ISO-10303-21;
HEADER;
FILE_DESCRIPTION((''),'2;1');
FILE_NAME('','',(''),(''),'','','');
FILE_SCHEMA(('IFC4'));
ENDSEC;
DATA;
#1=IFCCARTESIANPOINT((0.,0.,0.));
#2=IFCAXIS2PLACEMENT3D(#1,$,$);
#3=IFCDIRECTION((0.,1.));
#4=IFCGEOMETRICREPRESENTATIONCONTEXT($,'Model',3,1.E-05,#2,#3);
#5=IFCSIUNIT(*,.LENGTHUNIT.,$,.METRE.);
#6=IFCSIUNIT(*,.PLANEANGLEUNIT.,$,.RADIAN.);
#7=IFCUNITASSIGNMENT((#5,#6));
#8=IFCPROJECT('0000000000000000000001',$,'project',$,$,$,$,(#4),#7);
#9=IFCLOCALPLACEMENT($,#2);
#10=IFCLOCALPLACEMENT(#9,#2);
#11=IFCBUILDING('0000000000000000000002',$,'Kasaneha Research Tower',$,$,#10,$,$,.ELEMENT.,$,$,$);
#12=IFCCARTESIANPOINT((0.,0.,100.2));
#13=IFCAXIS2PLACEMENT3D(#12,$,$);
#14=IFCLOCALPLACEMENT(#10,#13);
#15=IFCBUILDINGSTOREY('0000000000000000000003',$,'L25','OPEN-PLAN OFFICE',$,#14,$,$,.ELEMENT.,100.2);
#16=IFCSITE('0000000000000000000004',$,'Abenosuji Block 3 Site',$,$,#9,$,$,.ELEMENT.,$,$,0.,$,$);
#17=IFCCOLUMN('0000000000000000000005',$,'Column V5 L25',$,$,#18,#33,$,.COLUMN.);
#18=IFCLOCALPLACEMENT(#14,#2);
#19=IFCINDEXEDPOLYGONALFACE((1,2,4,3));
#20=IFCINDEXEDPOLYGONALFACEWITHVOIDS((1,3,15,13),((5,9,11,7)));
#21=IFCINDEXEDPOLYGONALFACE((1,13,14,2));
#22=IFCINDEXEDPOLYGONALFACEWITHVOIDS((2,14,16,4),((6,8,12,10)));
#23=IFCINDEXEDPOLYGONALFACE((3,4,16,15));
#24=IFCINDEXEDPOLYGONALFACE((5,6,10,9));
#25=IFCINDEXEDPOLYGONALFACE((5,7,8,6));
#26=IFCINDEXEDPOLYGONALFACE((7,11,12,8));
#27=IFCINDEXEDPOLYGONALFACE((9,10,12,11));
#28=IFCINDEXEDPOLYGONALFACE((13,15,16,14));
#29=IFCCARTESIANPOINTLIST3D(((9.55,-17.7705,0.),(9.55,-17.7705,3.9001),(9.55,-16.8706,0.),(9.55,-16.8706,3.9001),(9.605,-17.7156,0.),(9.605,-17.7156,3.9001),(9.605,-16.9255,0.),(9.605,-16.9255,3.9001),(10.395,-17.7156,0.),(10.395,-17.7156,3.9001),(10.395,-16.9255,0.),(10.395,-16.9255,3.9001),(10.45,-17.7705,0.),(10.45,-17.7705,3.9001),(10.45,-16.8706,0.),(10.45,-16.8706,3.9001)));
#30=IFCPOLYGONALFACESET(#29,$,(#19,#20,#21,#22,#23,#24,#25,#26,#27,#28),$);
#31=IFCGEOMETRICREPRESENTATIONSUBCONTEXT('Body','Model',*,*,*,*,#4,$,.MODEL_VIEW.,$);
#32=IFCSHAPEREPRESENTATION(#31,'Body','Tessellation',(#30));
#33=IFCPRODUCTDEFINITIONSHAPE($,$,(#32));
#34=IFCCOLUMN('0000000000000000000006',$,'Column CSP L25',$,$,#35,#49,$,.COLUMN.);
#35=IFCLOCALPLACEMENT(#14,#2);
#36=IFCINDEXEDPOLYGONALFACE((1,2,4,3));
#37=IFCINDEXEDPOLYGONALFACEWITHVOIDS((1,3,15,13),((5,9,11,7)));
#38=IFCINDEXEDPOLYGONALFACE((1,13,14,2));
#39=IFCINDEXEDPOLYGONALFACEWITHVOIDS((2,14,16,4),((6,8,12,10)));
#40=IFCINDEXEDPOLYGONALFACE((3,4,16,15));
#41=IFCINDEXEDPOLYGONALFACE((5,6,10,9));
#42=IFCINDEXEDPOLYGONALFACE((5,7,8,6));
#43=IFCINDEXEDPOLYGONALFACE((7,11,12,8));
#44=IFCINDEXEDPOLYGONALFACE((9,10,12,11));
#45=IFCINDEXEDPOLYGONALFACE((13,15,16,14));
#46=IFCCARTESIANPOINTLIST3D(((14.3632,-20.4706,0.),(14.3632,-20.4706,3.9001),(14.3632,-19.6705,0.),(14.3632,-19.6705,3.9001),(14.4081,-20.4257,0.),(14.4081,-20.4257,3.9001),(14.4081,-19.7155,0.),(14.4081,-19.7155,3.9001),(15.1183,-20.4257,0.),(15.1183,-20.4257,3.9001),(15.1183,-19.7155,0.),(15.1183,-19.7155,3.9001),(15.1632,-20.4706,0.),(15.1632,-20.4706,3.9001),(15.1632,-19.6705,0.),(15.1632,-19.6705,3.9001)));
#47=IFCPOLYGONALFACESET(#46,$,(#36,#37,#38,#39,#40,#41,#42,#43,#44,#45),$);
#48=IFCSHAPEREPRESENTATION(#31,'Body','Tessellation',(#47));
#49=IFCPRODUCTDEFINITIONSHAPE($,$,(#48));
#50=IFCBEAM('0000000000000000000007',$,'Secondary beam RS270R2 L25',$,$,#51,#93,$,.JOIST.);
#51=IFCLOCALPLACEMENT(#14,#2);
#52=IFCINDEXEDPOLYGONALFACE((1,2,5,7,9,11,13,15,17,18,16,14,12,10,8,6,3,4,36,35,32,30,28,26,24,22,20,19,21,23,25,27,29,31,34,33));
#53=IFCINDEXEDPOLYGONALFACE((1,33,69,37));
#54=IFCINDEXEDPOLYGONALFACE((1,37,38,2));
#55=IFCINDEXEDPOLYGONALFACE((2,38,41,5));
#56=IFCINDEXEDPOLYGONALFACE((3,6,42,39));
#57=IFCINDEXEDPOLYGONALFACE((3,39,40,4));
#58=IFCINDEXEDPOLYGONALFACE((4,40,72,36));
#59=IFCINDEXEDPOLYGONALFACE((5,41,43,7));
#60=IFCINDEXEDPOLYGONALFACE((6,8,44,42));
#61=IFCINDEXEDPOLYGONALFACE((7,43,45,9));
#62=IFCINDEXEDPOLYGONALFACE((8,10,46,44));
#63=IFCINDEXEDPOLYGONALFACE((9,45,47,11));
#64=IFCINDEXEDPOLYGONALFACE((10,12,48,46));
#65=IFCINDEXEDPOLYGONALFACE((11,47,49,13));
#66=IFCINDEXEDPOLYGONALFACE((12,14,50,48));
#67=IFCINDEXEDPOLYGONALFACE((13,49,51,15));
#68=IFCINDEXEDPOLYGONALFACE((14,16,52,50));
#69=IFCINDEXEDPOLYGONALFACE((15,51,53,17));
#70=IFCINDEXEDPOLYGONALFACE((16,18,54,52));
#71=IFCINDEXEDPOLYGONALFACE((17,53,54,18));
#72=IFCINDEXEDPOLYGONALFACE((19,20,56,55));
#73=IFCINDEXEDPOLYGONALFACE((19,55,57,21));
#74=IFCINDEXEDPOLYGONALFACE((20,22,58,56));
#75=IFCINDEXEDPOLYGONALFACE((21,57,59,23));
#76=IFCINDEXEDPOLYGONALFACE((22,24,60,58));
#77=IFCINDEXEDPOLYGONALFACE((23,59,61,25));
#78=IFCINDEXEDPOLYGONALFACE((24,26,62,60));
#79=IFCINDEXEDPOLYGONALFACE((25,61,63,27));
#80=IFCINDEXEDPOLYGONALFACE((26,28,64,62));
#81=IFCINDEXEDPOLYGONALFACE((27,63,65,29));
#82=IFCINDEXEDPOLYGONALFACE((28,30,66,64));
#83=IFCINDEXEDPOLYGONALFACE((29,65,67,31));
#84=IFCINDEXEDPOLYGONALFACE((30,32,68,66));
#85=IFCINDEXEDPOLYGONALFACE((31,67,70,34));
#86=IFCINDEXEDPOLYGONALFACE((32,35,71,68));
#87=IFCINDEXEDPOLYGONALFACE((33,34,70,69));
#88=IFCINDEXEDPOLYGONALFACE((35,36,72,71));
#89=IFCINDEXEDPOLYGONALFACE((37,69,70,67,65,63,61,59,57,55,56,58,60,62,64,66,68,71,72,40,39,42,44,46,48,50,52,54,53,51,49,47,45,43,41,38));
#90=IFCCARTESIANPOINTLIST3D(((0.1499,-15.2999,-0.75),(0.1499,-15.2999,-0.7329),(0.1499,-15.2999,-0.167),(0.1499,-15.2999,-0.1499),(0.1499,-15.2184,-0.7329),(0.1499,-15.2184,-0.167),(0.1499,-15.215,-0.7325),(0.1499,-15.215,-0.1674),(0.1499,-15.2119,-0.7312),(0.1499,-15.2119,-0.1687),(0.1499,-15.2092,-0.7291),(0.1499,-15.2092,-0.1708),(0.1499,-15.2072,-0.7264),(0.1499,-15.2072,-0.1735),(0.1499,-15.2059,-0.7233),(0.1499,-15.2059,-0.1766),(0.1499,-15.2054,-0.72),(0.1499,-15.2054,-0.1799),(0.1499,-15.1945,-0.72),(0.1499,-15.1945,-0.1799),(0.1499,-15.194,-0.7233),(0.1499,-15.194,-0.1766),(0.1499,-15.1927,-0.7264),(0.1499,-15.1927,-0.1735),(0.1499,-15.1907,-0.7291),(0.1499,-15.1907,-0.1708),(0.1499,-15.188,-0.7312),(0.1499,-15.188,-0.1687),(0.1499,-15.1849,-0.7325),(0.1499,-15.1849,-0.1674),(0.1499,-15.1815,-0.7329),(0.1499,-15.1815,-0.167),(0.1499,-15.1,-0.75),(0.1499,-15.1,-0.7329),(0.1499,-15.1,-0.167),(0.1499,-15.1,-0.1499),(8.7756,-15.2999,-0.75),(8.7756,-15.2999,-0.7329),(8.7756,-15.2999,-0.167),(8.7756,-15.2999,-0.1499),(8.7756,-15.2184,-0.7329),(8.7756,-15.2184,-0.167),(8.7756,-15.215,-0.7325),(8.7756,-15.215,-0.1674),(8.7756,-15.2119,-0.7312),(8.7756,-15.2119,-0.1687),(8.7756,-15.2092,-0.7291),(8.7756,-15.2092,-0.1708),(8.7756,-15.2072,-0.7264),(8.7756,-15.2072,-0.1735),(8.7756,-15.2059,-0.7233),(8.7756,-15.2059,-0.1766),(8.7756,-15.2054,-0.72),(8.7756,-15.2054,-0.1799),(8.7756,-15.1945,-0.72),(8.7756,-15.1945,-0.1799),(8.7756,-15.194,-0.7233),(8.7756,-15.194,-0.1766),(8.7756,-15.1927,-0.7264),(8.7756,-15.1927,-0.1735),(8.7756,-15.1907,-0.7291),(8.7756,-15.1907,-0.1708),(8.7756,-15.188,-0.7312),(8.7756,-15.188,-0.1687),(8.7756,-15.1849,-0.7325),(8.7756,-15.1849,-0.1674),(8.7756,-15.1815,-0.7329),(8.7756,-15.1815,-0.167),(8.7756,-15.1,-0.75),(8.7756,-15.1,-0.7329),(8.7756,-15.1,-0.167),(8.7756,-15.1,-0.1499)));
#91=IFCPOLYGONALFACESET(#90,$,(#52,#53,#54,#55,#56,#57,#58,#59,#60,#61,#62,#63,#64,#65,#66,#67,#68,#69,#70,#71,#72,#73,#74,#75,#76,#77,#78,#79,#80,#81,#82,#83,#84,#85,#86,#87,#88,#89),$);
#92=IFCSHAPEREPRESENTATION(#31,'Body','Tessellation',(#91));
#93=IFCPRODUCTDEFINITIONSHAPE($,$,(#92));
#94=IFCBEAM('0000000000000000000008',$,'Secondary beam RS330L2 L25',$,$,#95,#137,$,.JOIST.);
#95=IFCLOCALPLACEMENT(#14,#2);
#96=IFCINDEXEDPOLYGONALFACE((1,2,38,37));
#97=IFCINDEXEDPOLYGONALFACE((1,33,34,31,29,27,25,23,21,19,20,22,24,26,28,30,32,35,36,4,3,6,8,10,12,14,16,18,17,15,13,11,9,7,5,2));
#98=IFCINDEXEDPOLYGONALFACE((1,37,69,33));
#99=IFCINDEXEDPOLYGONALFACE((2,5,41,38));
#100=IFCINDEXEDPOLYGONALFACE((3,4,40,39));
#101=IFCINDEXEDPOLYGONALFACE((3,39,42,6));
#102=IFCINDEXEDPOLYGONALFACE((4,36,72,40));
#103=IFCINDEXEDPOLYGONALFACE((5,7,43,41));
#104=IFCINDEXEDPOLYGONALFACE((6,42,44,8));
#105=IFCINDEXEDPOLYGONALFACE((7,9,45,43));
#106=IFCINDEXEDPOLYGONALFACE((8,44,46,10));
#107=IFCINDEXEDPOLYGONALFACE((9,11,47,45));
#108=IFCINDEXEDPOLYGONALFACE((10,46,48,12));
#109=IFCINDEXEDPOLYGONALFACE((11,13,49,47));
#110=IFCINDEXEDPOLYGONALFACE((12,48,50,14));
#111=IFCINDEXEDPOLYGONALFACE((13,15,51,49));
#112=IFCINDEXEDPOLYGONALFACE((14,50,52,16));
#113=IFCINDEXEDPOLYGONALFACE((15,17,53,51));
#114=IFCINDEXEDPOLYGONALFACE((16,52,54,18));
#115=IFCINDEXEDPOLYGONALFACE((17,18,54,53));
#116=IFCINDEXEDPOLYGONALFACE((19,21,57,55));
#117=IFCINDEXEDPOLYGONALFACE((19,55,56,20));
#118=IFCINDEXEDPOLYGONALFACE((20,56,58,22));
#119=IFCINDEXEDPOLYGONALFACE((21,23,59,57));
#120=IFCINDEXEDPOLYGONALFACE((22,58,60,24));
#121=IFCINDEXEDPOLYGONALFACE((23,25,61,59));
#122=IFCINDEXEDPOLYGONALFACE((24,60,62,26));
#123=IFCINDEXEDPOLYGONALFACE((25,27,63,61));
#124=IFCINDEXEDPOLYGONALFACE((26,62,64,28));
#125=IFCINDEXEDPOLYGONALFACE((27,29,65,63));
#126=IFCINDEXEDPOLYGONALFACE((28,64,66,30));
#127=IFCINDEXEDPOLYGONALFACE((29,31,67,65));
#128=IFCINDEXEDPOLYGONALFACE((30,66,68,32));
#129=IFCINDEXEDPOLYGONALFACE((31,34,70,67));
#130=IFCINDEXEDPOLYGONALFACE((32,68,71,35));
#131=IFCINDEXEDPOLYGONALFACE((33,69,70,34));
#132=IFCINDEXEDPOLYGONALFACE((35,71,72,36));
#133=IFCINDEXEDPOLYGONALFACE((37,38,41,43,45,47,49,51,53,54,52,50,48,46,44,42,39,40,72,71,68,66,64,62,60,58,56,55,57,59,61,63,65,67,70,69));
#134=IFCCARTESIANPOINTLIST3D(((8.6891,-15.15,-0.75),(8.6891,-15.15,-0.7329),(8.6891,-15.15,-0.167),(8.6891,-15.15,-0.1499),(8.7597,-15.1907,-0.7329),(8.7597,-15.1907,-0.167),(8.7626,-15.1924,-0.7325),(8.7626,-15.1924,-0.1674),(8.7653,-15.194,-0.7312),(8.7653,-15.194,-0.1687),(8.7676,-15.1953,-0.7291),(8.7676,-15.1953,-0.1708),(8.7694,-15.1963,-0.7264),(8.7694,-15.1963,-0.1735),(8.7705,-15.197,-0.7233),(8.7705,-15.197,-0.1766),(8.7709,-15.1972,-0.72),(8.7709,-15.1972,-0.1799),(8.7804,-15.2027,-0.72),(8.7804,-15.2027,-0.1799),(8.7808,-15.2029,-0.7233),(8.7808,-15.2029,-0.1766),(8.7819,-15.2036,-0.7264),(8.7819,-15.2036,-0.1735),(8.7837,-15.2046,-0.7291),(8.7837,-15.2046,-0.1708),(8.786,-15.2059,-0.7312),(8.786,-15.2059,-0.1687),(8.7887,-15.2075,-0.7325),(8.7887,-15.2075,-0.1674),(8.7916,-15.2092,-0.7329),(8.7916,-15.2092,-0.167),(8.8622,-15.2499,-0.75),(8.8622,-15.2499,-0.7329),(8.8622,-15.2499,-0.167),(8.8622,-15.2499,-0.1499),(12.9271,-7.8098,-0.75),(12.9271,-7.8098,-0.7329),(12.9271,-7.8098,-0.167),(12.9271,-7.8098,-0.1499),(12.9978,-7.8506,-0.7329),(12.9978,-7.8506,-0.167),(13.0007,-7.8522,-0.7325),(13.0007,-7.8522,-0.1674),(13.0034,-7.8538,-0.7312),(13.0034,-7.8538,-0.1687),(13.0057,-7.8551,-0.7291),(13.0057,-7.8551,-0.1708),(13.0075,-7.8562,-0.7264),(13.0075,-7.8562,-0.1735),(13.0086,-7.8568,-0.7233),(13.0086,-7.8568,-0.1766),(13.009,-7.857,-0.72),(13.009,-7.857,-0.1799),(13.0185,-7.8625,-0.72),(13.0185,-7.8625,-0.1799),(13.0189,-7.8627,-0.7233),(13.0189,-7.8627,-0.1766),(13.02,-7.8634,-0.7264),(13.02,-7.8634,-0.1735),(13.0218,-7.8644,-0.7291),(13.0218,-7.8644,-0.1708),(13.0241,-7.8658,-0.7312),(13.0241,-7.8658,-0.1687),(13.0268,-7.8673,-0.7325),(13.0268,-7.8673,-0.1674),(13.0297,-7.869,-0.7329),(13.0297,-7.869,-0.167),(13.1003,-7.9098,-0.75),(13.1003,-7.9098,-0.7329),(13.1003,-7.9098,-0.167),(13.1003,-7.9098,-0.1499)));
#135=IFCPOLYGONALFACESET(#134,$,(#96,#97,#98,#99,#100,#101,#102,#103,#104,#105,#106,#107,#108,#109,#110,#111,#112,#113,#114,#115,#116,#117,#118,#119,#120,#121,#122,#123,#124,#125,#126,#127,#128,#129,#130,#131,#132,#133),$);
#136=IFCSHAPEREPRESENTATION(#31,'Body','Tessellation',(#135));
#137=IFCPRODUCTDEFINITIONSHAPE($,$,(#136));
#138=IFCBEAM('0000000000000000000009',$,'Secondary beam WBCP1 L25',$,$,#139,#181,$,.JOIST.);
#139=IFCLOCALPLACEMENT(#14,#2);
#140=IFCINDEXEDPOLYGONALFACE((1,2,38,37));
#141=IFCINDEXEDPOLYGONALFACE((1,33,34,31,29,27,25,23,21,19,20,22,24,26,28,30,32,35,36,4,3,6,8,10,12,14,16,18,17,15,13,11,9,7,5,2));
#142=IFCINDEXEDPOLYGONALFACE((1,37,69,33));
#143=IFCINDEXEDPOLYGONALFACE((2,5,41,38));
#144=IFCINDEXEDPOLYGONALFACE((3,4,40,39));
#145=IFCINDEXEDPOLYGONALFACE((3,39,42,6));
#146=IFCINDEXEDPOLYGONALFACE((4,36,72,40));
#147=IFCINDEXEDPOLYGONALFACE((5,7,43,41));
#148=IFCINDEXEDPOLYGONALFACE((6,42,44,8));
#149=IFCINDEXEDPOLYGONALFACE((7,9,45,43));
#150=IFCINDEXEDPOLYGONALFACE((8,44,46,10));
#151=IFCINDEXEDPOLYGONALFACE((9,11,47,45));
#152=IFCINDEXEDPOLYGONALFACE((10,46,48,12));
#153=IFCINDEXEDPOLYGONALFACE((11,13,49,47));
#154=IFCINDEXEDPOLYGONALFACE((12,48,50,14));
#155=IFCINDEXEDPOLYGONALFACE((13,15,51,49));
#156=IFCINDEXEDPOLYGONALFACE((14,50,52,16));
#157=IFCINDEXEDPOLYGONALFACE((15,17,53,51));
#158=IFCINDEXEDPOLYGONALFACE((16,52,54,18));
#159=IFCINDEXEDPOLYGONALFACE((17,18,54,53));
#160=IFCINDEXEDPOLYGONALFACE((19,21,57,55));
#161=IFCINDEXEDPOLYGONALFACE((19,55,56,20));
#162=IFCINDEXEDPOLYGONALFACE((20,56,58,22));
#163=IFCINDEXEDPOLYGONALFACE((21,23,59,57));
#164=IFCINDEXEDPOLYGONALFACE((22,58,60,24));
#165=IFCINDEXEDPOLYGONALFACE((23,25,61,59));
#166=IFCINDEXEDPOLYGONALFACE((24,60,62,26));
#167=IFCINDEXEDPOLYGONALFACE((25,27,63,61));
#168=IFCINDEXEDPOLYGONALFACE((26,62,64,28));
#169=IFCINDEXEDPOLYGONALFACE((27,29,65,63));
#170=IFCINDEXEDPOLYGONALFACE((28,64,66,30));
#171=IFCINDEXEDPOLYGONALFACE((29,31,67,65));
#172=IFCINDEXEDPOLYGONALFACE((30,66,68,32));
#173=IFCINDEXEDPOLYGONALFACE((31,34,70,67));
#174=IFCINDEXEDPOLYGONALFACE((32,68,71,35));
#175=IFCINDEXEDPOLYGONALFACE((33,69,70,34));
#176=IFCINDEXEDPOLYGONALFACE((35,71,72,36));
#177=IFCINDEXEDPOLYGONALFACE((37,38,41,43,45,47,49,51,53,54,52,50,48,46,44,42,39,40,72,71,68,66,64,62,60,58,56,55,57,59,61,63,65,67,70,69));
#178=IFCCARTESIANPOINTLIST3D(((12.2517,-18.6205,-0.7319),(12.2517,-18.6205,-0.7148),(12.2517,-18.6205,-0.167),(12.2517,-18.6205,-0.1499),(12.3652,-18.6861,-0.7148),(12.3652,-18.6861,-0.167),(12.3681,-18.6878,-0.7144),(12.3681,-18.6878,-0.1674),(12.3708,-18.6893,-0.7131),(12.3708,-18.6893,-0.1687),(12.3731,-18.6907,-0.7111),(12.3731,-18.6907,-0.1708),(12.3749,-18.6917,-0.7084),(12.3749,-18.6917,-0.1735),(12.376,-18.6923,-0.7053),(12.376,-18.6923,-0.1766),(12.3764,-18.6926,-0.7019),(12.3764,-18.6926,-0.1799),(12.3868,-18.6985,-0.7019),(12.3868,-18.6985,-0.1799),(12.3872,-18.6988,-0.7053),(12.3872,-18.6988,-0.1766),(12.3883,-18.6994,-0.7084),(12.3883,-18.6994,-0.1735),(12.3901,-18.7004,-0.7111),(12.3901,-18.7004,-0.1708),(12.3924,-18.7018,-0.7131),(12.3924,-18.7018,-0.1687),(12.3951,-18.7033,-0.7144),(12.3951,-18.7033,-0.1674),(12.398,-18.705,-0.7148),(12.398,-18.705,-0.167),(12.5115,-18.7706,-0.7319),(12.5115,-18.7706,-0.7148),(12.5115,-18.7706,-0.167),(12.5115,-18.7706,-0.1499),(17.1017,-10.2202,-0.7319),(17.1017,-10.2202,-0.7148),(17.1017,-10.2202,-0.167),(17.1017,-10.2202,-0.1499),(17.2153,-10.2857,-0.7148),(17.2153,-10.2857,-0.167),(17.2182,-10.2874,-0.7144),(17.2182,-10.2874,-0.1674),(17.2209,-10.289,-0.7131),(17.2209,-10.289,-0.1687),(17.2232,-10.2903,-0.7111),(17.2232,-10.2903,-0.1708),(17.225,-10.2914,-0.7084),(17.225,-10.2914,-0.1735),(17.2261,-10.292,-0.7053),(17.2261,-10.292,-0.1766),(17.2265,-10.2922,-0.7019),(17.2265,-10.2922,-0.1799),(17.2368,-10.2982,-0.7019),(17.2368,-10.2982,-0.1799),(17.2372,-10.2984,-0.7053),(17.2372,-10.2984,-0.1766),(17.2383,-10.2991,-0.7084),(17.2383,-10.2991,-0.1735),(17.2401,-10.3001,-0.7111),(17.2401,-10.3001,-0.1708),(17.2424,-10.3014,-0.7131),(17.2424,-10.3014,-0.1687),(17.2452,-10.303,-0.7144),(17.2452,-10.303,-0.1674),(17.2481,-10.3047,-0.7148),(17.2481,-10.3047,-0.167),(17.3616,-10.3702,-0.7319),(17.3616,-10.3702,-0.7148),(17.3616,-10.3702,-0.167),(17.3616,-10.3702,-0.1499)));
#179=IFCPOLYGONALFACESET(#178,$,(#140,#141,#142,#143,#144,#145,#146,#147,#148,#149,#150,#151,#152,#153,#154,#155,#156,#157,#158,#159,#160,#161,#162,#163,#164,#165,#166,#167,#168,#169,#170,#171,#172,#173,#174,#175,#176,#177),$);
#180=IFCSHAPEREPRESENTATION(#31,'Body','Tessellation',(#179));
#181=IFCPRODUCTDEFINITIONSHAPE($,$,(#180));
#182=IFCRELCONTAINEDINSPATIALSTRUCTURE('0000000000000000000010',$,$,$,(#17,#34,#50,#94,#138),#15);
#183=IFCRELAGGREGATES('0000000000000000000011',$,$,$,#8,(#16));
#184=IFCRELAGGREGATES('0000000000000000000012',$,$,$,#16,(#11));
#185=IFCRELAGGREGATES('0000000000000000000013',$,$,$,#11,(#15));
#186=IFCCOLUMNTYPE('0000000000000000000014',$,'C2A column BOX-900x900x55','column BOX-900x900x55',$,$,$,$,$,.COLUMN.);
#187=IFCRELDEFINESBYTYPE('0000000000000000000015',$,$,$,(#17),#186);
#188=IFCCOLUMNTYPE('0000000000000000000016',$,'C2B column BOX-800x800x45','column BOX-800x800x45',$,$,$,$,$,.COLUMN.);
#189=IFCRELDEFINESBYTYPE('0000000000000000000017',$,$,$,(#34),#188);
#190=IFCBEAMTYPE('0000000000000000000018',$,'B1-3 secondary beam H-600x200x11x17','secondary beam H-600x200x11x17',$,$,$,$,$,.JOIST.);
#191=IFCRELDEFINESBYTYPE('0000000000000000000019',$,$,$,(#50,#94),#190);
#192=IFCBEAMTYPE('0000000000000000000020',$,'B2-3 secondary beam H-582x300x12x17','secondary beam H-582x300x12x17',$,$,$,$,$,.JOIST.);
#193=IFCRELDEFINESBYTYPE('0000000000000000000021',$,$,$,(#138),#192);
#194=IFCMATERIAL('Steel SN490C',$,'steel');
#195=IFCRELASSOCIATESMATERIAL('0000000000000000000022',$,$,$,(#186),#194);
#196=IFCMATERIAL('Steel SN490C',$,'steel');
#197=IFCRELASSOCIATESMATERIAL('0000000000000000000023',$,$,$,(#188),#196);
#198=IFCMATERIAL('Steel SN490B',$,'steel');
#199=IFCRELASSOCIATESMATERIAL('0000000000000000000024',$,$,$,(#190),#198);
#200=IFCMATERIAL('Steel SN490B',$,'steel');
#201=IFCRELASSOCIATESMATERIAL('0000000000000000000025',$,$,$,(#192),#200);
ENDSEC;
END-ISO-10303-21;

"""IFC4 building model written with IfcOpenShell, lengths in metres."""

from ifc_helpers import new_model, si_unit, direction, frame, origin, origin_2d, place, context, subcontext, project, spatial, hollow_rectangle, i_section, extrude, material, material_profile, profile_set, type_object, element, save


model = new_model("IFC4")

# Units and contexts
model_context = context("Model", 3, precision=1e-05, world=origin(), true_north=direction((0.0, 1.0)))
body_context = subcontext(model_context, "Body", "Model", "MODEL_VIEW")
ifc_project = project(units=[si_unit("LENGTHUNIT", "METRE"), si_unit("PLANEANGLEUNIT", "RADIAN")], contexts=[model_context])

# Site, building, storey
site_placement = place(None, origin())
site = spatial("IfcSite", under=ifc_project, at=site_placement, Name="Abenosuji Block 3 Site", CompositionType="ELEMENT", RefElevation=0.0)
building_placement = place(site_placement, origin())
building = spatial("IfcBuilding", under=site, at=building_placement, Name="Kasaneha Research Tower", CompositionType="ELEMENT")
storey_placement = place(building_placement, frame((0.0, 0.0, 100.2)))
storey = spatial("IfcBuildingStorey", under=building, at=storey_placement, Name="L25", Description="OPEN-PLAN OFFICE", CompositionType="ELEMENT", Elevation=100.2)

# Columns
ifc_material_1 = material(Name="Steel SN490C", Category="steel")
ifc_material_profile_1 = material_profile(ifc_material_1, hollow_rectangle(XDim=0.8999, YDim=0.8999, WallThickness=0.0549, at=origin_2d()), Name="BOX-900x900x55")
ifc_profile_set_1 = profile_set([ifc_material_profile_1], Name="Steel SN490C")
column_type_1 = type_object("IfcColumnType", Name="C2A column BOX-900x900x55", Description="column BOX-900x900x55", PredefinedType="COLUMN", material=ifc_profile_set_1)
column_1_placement = place(storey_placement, frame((10.0, -17.3206, 0.0), z_axis=(0.0, 0.0, 1.0), x_axis=(1.0, 0.0, 0.0)))
element("IfcColumn", 1, at=column_1_placement, inside=storey, type_object=column_type_1, Name="Column V5 L25", PredefinedType="COLUMN", context=body_context, shape_type="SweptSolid", body=[
    extrude(hollow_rectangle(XDim=0.8999, YDim=0.8999, WallThickness=0.0549, at=origin_2d()), origin(), (0.0, 0.0, 1.0), 3.9001),
])
ifc_material_2 = material(Name="Steel SN490C", Category="steel")
ifc_material_profile_2 = material_profile(ifc_material_2, hollow_rectangle(XDim=0.8, YDim=0.8, WallThickness=0.0449, at=origin_2d()), Name="BOX-800x800x45")
ifc_profile_set_2 = profile_set([ifc_material_profile_2], Name="Steel SN490C")
column_type_2 = type_object("IfcColumnType", Name="C2B column BOX-800x800x45", Description="column BOX-800x800x45", PredefinedType="COLUMN", material=ifc_profile_set_2)
column_2_placement = place(storey_placement, frame((14.7632, -20.0706, 0.0), z_axis=(0.0, 0.0, 1.0), x_axis=(1.0, 0.0, 0.0)))
element("IfcColumn", 2, at=column_2_placement, inside=storey, type_object=column_type_2, Name="Column CSP L25", PredefinedType="COLUMN", context=body_context, shape_type="SweptSolid", body=[
    extrude(hollow_rectangle(XDim=0.8, YDim=0.8, WallThickness=0.0449, at=origin_2d()), origin(), (0.0, 0.0, 1.0), 3.9001),
])

# Beams
ifc_material_3 = material(Name="Steel SN490B", Category="steel")
ifc_material_profile_3 = material_profile(ifc_material_3, i_section(OverallWidth=0.2, OverallDepth=0.6001, WebThickness=0.011, FlangeThickness=0.0171, FilletRadius=0.0129, at=origin_2d()), Name="H-600x200x11x17")
ifc_profile_set_3 = profile_set([ifc_material_profile_3], Name="Steel SN490B")
beam_type_1 = type_object("IfcBeamType", Name="B1-3 secondary beam H-600x200x11x17", Description="secondary beam H-600x200x11x17", PredefinedType="JOIST", material=ifc_profile_set_3)
beam_1_placement = place(storey_placement, frame((8.7756, -15.2, -0.45), z_axis=(-1.0, 0.0, 0.0), x_axis=(0.0, -1.0, 0.0)))
element("IfcBeam", 3, at=beam_1_placement, inside=storey, type_object=beam_type_1, Name="Secondary beam RS270R2 L25", PredefinedType="JOIST", context=body_context, shape_type="SweptSolid", body=[
    extrude(i_section(OverallWidth=0.2, OverallDepth=0.6001, WebThickness=0.011, FlangeThickness=0.0171, FilletRadius=0.0129, at=origin_2d()), origin(), (0.0, 0.0, 1.0), 8.6257),
])
beam_2_placement = place(storey_placement, frame((8.7756, -15.2, -0.45), z_axis=(0.500021, 0.866013, 0.0), x_axis=(-0.866013, 0.500021, 0.0)))
element("IfcBeam", 4, at=beam_2_placement, inside=storey, type_object=beam_type_1, Name="Secondary beam RS330L2 L25", PredefinedType="JOIST", context=body_context, shape_type="SweptSolid", body=[
    extrude(i_section(OverallWidth=0.2, OverallDepth=0.6001, WebThickness=0.011, FlangeThickness=0.0171, FilletRadius=0.0129, at=origin_2d()), origin(), (0.0, 0.0, 1.0), 8.4758),
])
ifc_material_4 = material(Name="Steel SN490B", Category="steel")
ifc_material_profile_4 = material_profile(ifc_material_4, i_section(OverallWidth=0.3, OverallDepth=0.582, WebThickness=0.012, FlangeThickness=0.0171, FilletRadius=0.0129, at=origin_2d()), Name="H-582x300x12x17")
ifc_profile_set_4 = profile_set([ifc_material_profile_4], Name="Steel SN490B")
beam_type_2 = type_object("IfcBeamType", Name="B2-3 secondary beam H-582x300x12x17", Description="secondary beam H-582x300x12x17", PredefinedType="JOIST", material=ifc_profile_set_4)
beam_3_placement = place(storey_placement, frame((12.3816, -18.6956, -0.4409), z_axis=(0.50001, 0.86602, 0.0), x_axis=(-0.86602, 0.50001, 0.0)))
element("IfcBeam", 5, at=beam_3_placement, inside=storey, type_object=beam_type_2, Name="Secondary beam WBCP1 L25", PredefinedType="JOIST", context=body_context, shape_type="SweptSolid", body=[
    extrude(i_section(OverallWidth=0.3, OverallDepth=0.582, WebThickness=0.012, FlangeThickness=0.0171, FilletRadius=0.0129, at=origin_2d()), origin(), (0.0, 0.0, 1.0), 9.7),
])

save(model, "model.ifc")
